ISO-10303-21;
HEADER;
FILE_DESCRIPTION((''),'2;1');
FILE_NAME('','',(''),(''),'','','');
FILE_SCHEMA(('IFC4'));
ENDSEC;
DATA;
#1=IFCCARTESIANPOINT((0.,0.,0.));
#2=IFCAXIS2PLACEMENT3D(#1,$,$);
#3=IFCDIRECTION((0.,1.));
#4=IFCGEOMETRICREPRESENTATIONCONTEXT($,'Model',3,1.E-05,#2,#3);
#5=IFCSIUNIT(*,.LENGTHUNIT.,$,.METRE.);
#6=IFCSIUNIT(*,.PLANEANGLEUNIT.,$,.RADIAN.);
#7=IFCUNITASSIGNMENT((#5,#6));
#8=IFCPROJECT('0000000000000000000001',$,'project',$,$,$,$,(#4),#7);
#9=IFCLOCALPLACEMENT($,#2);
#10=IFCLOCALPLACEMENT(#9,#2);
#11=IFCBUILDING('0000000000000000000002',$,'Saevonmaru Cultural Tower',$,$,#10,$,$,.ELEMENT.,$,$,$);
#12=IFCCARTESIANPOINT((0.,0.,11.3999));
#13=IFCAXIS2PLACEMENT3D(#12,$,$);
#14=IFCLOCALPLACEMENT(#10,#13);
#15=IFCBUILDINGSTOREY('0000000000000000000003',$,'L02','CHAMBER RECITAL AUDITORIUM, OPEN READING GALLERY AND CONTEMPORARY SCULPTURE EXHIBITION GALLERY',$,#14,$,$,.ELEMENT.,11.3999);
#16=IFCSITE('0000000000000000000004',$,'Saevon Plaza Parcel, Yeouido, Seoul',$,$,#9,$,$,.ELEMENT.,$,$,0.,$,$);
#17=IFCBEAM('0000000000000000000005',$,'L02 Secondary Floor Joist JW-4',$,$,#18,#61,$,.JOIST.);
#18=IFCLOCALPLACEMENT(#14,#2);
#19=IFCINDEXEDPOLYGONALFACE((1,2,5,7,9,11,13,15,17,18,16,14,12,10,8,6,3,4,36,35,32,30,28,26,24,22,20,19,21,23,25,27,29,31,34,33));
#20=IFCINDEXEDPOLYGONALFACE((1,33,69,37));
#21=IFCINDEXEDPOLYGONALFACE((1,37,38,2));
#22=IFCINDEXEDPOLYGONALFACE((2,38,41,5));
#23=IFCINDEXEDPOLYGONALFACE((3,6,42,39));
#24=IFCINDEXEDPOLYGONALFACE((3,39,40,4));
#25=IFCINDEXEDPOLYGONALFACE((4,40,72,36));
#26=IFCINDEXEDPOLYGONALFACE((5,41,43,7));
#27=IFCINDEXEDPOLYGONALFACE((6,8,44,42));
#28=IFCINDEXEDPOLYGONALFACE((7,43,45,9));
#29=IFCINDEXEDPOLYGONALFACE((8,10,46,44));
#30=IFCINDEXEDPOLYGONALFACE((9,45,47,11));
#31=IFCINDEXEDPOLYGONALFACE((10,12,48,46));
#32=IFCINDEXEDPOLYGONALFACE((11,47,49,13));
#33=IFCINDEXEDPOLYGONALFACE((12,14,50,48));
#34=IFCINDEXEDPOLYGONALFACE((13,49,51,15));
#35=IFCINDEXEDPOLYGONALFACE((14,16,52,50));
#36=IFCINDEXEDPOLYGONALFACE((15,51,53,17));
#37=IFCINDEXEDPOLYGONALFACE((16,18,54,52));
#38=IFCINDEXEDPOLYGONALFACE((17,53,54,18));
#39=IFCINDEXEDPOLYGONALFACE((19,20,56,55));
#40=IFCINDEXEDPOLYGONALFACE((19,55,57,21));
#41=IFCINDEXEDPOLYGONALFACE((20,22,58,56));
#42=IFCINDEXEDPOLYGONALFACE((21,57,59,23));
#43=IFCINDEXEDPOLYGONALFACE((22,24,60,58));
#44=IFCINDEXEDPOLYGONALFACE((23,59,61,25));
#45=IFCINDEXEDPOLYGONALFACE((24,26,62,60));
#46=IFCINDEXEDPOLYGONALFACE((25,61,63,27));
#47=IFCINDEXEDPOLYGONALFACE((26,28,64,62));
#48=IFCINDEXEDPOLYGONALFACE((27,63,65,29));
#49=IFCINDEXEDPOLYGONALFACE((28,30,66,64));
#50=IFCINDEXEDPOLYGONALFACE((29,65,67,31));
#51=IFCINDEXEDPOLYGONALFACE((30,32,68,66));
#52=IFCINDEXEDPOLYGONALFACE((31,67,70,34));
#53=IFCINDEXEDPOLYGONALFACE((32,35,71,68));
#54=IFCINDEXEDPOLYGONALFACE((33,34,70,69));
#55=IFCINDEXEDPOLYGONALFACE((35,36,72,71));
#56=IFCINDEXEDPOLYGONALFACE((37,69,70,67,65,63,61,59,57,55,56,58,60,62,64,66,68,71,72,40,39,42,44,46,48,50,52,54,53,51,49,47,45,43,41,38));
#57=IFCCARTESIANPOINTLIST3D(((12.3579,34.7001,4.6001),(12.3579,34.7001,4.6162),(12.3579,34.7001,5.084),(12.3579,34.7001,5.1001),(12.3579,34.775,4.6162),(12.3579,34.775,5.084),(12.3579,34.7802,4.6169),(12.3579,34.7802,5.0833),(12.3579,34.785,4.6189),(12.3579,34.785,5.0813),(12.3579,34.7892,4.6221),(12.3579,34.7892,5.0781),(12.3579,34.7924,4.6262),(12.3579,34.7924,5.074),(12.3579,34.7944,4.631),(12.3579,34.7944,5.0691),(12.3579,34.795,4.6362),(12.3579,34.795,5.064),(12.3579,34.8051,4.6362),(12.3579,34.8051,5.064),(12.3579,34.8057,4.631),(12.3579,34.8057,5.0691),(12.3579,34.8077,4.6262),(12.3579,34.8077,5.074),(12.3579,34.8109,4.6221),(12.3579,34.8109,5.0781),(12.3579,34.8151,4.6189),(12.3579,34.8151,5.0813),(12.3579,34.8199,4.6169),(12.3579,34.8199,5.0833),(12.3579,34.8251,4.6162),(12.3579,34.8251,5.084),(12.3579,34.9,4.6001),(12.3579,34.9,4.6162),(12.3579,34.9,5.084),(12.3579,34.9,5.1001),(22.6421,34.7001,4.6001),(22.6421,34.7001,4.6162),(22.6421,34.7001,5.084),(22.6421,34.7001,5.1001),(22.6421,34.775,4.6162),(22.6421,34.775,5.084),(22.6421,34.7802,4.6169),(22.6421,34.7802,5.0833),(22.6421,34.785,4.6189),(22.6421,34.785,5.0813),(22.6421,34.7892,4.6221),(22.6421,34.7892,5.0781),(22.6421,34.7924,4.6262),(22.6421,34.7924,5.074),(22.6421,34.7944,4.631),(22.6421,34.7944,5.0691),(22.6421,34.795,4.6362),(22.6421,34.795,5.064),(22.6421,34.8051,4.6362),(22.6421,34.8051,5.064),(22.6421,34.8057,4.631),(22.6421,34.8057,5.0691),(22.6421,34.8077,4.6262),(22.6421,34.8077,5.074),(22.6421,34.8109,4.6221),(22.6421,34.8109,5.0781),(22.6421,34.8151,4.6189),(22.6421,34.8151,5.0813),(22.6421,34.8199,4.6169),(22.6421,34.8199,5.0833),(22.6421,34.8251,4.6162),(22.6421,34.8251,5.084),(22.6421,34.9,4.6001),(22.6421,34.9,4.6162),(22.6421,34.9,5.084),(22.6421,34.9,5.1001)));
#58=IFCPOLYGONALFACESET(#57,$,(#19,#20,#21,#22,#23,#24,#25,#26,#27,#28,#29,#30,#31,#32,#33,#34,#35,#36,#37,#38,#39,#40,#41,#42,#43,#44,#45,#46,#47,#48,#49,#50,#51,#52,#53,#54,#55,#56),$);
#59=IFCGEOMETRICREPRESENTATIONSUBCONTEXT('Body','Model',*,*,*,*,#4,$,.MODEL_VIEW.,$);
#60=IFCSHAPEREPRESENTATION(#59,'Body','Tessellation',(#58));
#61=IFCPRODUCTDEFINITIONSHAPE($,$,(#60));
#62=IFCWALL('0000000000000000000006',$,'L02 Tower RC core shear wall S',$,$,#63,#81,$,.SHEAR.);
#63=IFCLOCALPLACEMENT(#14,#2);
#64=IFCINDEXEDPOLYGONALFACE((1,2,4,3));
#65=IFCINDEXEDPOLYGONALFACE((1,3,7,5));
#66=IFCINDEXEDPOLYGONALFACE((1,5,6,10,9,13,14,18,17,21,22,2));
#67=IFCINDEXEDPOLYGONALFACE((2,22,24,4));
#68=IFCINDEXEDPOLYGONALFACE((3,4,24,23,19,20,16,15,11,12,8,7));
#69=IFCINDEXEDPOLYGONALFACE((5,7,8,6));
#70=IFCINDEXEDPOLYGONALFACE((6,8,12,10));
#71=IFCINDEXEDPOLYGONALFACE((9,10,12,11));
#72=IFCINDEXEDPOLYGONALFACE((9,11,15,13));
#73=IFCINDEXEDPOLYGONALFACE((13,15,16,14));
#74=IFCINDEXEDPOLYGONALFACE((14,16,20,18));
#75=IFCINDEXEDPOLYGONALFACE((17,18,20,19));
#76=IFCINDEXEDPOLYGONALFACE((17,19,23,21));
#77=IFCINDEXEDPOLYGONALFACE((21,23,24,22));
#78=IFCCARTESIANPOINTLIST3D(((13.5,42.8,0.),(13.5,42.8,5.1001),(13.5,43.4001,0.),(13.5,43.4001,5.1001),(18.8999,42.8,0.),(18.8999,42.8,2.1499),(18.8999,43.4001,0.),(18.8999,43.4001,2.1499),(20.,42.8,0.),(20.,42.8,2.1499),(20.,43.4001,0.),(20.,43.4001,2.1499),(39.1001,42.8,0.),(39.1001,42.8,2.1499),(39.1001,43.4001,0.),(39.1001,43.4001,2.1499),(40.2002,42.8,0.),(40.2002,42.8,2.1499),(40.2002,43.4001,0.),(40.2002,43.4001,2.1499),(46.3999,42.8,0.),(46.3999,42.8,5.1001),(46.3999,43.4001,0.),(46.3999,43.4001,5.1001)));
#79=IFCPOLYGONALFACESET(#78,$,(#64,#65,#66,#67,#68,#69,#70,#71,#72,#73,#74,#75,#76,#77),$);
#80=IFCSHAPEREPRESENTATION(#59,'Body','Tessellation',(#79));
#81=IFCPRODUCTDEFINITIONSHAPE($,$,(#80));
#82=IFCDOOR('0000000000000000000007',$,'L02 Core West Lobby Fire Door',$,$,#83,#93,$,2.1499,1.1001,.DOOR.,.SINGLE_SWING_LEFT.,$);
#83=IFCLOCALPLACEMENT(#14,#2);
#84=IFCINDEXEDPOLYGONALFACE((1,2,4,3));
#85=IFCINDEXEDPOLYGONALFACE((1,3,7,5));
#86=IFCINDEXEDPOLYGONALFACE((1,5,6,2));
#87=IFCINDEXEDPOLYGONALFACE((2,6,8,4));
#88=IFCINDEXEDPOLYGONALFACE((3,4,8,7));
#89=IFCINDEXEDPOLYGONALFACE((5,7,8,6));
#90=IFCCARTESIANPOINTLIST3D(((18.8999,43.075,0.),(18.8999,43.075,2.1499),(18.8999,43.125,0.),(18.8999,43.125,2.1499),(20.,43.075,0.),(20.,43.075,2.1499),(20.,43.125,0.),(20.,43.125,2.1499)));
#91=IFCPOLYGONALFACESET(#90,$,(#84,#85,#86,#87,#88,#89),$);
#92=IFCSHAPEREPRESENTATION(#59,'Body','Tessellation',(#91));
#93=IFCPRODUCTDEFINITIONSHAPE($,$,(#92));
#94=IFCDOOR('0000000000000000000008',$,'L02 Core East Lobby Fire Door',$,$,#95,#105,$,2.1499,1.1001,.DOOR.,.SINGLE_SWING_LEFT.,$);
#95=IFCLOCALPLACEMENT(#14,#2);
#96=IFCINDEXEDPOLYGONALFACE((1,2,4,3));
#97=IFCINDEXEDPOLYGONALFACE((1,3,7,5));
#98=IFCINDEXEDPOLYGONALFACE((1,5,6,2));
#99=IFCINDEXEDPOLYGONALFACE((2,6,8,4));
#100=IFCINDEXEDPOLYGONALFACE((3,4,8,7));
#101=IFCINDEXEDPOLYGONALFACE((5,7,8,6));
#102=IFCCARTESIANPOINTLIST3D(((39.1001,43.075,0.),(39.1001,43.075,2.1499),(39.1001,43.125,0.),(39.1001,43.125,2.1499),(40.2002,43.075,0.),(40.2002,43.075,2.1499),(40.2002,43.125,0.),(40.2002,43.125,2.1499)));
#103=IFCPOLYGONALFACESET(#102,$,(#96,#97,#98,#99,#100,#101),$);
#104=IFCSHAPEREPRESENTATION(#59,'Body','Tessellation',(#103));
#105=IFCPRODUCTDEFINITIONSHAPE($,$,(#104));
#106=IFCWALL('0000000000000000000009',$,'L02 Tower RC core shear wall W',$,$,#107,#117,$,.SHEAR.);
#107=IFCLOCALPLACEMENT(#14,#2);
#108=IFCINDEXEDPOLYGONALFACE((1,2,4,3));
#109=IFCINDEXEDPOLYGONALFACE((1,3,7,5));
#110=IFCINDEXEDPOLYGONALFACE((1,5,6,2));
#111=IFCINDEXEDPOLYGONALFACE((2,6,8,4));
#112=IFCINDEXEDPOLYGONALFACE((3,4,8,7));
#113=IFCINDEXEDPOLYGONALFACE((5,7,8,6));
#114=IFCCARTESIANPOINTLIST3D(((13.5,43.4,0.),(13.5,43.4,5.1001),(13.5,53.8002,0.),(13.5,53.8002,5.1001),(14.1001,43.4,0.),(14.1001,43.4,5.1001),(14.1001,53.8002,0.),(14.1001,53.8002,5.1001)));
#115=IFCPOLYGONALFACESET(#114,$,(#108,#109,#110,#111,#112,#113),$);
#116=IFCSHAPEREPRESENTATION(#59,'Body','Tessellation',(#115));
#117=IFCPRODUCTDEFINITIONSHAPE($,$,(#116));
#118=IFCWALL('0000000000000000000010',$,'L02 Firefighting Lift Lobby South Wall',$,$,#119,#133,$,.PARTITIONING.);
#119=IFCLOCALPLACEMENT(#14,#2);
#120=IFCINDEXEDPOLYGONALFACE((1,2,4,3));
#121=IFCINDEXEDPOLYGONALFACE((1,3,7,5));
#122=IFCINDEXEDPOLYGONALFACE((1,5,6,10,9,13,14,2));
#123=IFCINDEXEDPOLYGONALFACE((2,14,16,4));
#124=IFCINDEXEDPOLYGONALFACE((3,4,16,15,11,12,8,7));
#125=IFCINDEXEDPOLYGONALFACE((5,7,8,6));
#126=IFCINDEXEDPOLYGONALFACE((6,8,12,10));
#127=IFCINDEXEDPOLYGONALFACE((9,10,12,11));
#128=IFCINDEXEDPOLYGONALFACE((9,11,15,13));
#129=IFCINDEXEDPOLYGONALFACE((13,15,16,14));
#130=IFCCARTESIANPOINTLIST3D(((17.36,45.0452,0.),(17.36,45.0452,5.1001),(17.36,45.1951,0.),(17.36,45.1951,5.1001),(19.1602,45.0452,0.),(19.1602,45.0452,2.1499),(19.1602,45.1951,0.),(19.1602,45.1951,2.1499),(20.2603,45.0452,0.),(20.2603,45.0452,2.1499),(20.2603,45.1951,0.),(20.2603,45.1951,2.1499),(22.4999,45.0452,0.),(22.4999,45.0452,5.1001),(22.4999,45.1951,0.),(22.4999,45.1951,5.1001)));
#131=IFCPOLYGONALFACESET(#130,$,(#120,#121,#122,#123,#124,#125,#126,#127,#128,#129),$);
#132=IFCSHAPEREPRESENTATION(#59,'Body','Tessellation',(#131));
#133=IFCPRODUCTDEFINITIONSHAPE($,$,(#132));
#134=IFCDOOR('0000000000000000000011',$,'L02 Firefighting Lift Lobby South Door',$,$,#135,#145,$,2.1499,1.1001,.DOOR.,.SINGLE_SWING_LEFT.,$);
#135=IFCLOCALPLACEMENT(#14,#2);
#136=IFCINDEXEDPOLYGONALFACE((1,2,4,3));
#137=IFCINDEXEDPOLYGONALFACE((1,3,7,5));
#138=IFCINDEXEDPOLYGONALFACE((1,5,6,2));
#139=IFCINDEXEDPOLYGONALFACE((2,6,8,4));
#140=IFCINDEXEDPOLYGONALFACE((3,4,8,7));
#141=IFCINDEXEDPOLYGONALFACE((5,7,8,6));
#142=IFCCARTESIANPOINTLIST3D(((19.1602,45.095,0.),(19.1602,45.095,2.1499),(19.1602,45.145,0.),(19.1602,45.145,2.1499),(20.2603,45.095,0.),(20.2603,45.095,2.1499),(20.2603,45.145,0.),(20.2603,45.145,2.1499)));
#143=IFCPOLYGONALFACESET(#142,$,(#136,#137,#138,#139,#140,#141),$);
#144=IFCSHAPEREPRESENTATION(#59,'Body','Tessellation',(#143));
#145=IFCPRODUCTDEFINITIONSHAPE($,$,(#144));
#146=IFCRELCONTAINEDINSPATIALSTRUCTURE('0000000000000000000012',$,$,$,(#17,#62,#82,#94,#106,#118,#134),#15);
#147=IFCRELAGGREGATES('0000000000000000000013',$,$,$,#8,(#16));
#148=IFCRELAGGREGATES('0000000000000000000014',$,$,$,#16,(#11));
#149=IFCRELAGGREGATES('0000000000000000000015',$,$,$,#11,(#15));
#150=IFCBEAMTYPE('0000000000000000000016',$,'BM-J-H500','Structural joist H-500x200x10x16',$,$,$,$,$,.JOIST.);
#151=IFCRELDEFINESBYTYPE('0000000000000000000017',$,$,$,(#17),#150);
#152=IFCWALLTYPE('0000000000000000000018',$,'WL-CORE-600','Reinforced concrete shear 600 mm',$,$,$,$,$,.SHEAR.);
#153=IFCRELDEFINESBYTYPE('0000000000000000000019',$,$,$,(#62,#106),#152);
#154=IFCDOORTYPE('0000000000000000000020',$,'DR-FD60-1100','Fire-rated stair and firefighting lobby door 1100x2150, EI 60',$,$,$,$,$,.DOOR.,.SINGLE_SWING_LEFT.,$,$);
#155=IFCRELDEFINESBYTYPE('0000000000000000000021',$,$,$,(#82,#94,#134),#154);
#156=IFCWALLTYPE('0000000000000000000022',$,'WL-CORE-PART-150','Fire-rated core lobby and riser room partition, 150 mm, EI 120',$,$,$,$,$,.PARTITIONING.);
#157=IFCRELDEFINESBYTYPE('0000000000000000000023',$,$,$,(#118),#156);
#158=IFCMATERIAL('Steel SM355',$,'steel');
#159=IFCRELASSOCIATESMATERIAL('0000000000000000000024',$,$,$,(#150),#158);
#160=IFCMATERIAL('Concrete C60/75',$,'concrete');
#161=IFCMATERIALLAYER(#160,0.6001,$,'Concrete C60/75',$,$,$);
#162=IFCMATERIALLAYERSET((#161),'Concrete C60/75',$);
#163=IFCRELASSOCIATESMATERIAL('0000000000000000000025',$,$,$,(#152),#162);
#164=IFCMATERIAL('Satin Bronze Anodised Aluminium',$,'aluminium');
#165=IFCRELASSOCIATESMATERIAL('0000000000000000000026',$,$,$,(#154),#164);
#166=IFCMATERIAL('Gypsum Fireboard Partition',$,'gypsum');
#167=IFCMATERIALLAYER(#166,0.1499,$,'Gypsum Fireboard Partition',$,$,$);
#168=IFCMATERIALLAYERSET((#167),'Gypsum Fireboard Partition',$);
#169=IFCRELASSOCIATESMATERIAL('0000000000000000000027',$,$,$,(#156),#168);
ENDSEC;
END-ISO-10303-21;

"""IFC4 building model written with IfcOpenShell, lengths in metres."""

from ifc_helpers import new_model, si_unit, direction, frame, frame_2d, origin, origin_2d, place, context, subcontext, project, spatial, rectangle, i_section, extrude, material, layer, layer_set, material_profile, profile_set, type_object, element, fill, save


model = new_model("IFC4")

# Units and contexts
model_context = context("Model", 3, precision=1e-05, world=origin(), true_north=direction((0.0, 1.0)))
body_context = subcontext(model_context, "Body", "Model", "MODEL_VIEW")
ifc_project = project(units=[si_unit("LENGTHUNIT", "METRE"), si_unit("PLANEANGLEUNIT", "RADIAN")], contexts=[model_context])

# Site, building, storey
site_placement = place(None, origin())
site = spatial("IfcSite", under=ifc_project, at=site_placement, Name="Saevon Plaza Parcel, Yeouido, Seoul", CompositionType="ELEMENT", RefElevation=0.0)
building_placement = place(site_placement, origin())
building = spatial("IfcBuilding", under=site, at=building_placement, Name="Saevonmaru Cultural Tower", CompositionType="ELEMENT")
storey_placement = place(building_placement, frame((0.0, 0.0, 11.3999)))
storey = spatial("IfcBuildingStorey", under=building, at=storey_placement, Name="L02", Description="CHAMBER RECITAL AUDITORIUM, OPEN READING GALLERY AND CONTEMPORARY SCULPTURE EXHIBITION GALLERY", CompositionType="ELEMENT", Elevation=11.3999)

# Beam
ifc_material_1 = material(Name="Steel SM355", Category="steel")
ifc_material_profile_1 = material_profile(ifc_material_1, i_section(OverallWidth=0.2, OverallDepth=0.5, WebThickness=0.01, FlangeThickness=0.0161, FilletRadius=0.02, at=origin_2d()), Name="H-500x200x10x16")
ifc_profile_set_1 = profile_set([ifc_material_profile_1], Name="Steel SM355")
beam_type_1 = type_object("IfcBeamType", Name="BM-J-H500", Description="Structural joist H-500x200x10x16", PredefinedType="JOIST", material=ifc_profile_set_1)
beam_1_placement = place(storey_placement, frame((12.3579, 34.8, 4.8501), z_axis=(1.0, 0.0, 0.0), x_axis=(0.0, 1.0, 0.0)))
element("IfcBeam", 1, at=beam_1_placement, inside=storey, type_object=beam_type_1, Name="L02 Secondary Floor Joist JW-4", PredefinedType="JOIST", context=body_context, shape_type="SweptSolid", body=[
    extrude(i_section(OverallWidth=0.2, OverallDepth=0.5, WebThickness=0.01, FlangeThickness=0.0161, FilletRadius=0.02, at=origin_2d()), origin(), (0.0, 0.0, 1.0), 10.2842),
])

# Wall, openings, doors
ifc_material_2 = material(Name="Concrete C60/75", Category="concrete")
ifc_layer_1 = layer(ifc_material_2, 0.6001, Name="Concrete C60/75")
ifc_layer_set_1 = layer_set([ifc_layer_1], Name="Concrete C60/75")
wall_type_1 = type_object("IfcWallType", Name="WL-CORE-600", Description="Reinforced concrete shear 600 mm", PredefinedType="SHEAR", material=ifc_layer_set_1)
wall_1_placement = place(storey_placement, frame((13.5, 43.1001, 0.0), z_axis=(0.0, 0.0, 1.0), x_axis=(1.0, 0.0, 0.0)))
wall_1 = element("IfcWall", 2, at=wall_1_placement, inside=storey, type_object=wall_type_1, Name="L02 Tower RC core shear wall S", PredefinedType="SHEAR", context=body_context, shape_type="SweptSolid", body=[
    extrude(rectangle(XDim=32.8999, YDim=0.6001, at=frame_2d((16.45, 0.0))), origin(), (0.0, 0.0, 1.0), 5.1001),
])
opening_1_placement = place(wall_1_placement, frame((5.3999, 0.0, 0.0)))
opening_1 = element("IfcOpeningElement", 3, at=opening_1_placement, cuts=wall_1, PredefinedType="OPENING", context=body_context, shape_type="SweptSolid", body=[
    extrude(rectangle(XDim=1.1001, YDim=2.1499, at=frame_2d((0.55, 1.075))), frame((0.0, 0.3101, 0.0), z_axis=(0.0, -1.0, 0.0), x_axis=(1.0, 0.0, 0.0)), (0.0, 0.0, 1.0), 0.6201),
])
opening_2_placement = place(wall_1_placement, frame((25.6001, 0.0, 0.0)))
opening_2 = element("IfcOpeningElement", 4, at=opening_2_placement, cuts=wall_1, PredefinedType="OPENING", context=body_context, shape_type="SweptSolid", body=[
    extrude(rectangle(XDim=1.1001, YDim=2.1499, at=frame_2d((0.55, 1.075))), frame((0.0, 0.3101, 0.0), z_axis=(0.0, -1.0, 0.0), x_axis=(1.0, 0.0, 0.0)), (0.0, 0.0, 1.0), 0.6201),
])
ifc_material_3 = material(Name="Satin Bronze Anodised Aluminium", Category="aluminium")
door_type_1 = type_object("IfcDoorType", Name="DR-FD60-1100", Description="Fire-rated stair and firefighting lobby door 1100x2150, EI 60", OperationType="SINGLE_SWING_LEFT", PredefinedType="DOOR", material=ifc_material_3)
door_1_placement = place(opening_1_placement, origin())
door_1 = element("IfcDoor", 5, at=door_1_placement, inside=storey, type_object=door_type_1, Name="L02 Core West Lobby Fire Door", OperationType="SINGLE_SWING_LEFT", OverallHeight=2.1499, OverallWidth=1.1001, PredefinedType="DOOR", context=body_context, shape_type="SweptSolid", body=[
    extrude(rectangle(XDim=1.1001, YDim=2.1499, at=frame_2d((0.55, 1.075))), frame((0.0, 0.0249, 0.0), z_axis=(0.0, -1.0, 0.0), x_axis=(1.0, 0.0, 0.0)), (0.0, 0.0, 1.0), 0.05),
])
fill(opening_1, door_1)
door_2_placement = place(opening_2_placement, origin())
door_2 = element("IfcDoor", 6, at=door_2_placement, inside=storey, type_object=door_type_1, Name="L02 Core East Lobby Fire Door", OperationType="SINGLE_SWING_LEFT", OverallHeight=2.1499, OverallWidth=1.1001, PredefinedType="DOOR", context=body_context, shape_type="SweptSolid", body=[
    extrude(rectangle(XDim=1.1001, YDim=2.1499, at=frame_2d((0.55, 1.075))), frame((0.0, 0.0249, 0.0), z_axis=(0.0, -1.0, 0.0), x_axis=(1.0, 0.0, 0.0)), (0.0, 0.0, 1.0), 0.05),
])
fill(opening_2, door_2)

# Wall
wall_2_placement = place(storey_placement, frame((13.8, 43.3999, 0.0), z_axis=(0.0, 0.0, 1.0), x_axis=(0.0, 1.0, 0.0)))
element("IfcWall", 7, at=wall_2_placement, inside=storey, type_object=wall_type_1, Name="L02 Tower RC core shear wall W", PredefinedType="SHEAR", context=body_context, shape_type="SweptSolid", body=[
    extrude(rectangle(XDim=10.4001, YDim=0.6001, at=frame_2d((5.2002, 0.0))), origin(), (0.0, 0.0, 1.0), 5.1001),
])

# Wall, opening, door
ifc_material_4 = material(Name="Gypsum Fireboard Partition", Category="gypsum")
ifc_layer_2 = layer(ifc_material_4, 0.1499, Name="Gypsum Fireboard Partition")
ifc_layer_set_2 = layer_set([ifc_layer_2], Name="Gypsum Fireboard Partition")
wall_type_2 = type_object("IfcWallType", Name="WL-CORE-PART-150", Description="Fire-rated core lobby and riser room partition, 150 mm, EI 120", PredefinedType="PARTITIONING", material=ifc_layer_set_2)
wall_3_placement = place(storey_placement, frame((17.3601, 45.1201, 0.0), z_axis=(0.0, 0.0, 1.0), x_axis=(1.0, 0.0, 0.0)))
wall_3 = element("IfcWall", 8, at=wall_3_placement, inside=storey, type_object=wall_type_2, Name="L02 Firefighting Lift Lobby South Wall", PredefinedType="PARTITIONING", context=body_context, shape_type="SweptSolid", body=[
    extrude(rectangle(XDim=5.1399, YDim=0.1499, at=frame_2d((2.5698, 0.0))), origin(), (0.0, 0.0, 1.0), 5.1001),
])
opening_3_placement = place(wall_3_placement, frame((1.8, 0.0, 0.0)))
opening_3 = element("IfcOpeningElement", 9, at=opening_3_placement, cuts=wall_3, PredefinedType="OPENING", context=body_context, shape_type="SweptSolid", body=[
    extrude(rectangle(XDim=1.1001, YDim=2.1499, at=frame_2d((0.55, 1.075))), frame((0.0, 0.085, 0.0), z_axis=(0.0, -1.0, 0.0), x_axis=(1.0, 0.0, 0.0)), (0.0, 0.0, 1.0), 0.1699),
])
door_3_placement = place(opening_3_placement, origin())
door_3 = element("IfcDoor", 10, at=door_3_placement, inside=storey, type_object=door_type_1, Name="L02 Firefighting Lift Lobby South Door", OperationType="SINGLE_SWING_LEFT", OverallHeight=2.1499, OverallWidth=1.1001, PredefinedType="DOOR", context=body_context, shape_type="SweptSolid", body=[
    extrude(rectangle(XDim=1.1001, YDim=2.1499, at=frame_2d((0.55, 1.075))), frame((0.0, 0.0249, 0.0), z_axis=(0.0, -1.0, 0.0), x_axis=(1.0, 0.0, 0.0)), (0.0, 0.0, 1.0), 0.05),
])
fill(opening_3, door_3)

save(model, "model.ifc")
